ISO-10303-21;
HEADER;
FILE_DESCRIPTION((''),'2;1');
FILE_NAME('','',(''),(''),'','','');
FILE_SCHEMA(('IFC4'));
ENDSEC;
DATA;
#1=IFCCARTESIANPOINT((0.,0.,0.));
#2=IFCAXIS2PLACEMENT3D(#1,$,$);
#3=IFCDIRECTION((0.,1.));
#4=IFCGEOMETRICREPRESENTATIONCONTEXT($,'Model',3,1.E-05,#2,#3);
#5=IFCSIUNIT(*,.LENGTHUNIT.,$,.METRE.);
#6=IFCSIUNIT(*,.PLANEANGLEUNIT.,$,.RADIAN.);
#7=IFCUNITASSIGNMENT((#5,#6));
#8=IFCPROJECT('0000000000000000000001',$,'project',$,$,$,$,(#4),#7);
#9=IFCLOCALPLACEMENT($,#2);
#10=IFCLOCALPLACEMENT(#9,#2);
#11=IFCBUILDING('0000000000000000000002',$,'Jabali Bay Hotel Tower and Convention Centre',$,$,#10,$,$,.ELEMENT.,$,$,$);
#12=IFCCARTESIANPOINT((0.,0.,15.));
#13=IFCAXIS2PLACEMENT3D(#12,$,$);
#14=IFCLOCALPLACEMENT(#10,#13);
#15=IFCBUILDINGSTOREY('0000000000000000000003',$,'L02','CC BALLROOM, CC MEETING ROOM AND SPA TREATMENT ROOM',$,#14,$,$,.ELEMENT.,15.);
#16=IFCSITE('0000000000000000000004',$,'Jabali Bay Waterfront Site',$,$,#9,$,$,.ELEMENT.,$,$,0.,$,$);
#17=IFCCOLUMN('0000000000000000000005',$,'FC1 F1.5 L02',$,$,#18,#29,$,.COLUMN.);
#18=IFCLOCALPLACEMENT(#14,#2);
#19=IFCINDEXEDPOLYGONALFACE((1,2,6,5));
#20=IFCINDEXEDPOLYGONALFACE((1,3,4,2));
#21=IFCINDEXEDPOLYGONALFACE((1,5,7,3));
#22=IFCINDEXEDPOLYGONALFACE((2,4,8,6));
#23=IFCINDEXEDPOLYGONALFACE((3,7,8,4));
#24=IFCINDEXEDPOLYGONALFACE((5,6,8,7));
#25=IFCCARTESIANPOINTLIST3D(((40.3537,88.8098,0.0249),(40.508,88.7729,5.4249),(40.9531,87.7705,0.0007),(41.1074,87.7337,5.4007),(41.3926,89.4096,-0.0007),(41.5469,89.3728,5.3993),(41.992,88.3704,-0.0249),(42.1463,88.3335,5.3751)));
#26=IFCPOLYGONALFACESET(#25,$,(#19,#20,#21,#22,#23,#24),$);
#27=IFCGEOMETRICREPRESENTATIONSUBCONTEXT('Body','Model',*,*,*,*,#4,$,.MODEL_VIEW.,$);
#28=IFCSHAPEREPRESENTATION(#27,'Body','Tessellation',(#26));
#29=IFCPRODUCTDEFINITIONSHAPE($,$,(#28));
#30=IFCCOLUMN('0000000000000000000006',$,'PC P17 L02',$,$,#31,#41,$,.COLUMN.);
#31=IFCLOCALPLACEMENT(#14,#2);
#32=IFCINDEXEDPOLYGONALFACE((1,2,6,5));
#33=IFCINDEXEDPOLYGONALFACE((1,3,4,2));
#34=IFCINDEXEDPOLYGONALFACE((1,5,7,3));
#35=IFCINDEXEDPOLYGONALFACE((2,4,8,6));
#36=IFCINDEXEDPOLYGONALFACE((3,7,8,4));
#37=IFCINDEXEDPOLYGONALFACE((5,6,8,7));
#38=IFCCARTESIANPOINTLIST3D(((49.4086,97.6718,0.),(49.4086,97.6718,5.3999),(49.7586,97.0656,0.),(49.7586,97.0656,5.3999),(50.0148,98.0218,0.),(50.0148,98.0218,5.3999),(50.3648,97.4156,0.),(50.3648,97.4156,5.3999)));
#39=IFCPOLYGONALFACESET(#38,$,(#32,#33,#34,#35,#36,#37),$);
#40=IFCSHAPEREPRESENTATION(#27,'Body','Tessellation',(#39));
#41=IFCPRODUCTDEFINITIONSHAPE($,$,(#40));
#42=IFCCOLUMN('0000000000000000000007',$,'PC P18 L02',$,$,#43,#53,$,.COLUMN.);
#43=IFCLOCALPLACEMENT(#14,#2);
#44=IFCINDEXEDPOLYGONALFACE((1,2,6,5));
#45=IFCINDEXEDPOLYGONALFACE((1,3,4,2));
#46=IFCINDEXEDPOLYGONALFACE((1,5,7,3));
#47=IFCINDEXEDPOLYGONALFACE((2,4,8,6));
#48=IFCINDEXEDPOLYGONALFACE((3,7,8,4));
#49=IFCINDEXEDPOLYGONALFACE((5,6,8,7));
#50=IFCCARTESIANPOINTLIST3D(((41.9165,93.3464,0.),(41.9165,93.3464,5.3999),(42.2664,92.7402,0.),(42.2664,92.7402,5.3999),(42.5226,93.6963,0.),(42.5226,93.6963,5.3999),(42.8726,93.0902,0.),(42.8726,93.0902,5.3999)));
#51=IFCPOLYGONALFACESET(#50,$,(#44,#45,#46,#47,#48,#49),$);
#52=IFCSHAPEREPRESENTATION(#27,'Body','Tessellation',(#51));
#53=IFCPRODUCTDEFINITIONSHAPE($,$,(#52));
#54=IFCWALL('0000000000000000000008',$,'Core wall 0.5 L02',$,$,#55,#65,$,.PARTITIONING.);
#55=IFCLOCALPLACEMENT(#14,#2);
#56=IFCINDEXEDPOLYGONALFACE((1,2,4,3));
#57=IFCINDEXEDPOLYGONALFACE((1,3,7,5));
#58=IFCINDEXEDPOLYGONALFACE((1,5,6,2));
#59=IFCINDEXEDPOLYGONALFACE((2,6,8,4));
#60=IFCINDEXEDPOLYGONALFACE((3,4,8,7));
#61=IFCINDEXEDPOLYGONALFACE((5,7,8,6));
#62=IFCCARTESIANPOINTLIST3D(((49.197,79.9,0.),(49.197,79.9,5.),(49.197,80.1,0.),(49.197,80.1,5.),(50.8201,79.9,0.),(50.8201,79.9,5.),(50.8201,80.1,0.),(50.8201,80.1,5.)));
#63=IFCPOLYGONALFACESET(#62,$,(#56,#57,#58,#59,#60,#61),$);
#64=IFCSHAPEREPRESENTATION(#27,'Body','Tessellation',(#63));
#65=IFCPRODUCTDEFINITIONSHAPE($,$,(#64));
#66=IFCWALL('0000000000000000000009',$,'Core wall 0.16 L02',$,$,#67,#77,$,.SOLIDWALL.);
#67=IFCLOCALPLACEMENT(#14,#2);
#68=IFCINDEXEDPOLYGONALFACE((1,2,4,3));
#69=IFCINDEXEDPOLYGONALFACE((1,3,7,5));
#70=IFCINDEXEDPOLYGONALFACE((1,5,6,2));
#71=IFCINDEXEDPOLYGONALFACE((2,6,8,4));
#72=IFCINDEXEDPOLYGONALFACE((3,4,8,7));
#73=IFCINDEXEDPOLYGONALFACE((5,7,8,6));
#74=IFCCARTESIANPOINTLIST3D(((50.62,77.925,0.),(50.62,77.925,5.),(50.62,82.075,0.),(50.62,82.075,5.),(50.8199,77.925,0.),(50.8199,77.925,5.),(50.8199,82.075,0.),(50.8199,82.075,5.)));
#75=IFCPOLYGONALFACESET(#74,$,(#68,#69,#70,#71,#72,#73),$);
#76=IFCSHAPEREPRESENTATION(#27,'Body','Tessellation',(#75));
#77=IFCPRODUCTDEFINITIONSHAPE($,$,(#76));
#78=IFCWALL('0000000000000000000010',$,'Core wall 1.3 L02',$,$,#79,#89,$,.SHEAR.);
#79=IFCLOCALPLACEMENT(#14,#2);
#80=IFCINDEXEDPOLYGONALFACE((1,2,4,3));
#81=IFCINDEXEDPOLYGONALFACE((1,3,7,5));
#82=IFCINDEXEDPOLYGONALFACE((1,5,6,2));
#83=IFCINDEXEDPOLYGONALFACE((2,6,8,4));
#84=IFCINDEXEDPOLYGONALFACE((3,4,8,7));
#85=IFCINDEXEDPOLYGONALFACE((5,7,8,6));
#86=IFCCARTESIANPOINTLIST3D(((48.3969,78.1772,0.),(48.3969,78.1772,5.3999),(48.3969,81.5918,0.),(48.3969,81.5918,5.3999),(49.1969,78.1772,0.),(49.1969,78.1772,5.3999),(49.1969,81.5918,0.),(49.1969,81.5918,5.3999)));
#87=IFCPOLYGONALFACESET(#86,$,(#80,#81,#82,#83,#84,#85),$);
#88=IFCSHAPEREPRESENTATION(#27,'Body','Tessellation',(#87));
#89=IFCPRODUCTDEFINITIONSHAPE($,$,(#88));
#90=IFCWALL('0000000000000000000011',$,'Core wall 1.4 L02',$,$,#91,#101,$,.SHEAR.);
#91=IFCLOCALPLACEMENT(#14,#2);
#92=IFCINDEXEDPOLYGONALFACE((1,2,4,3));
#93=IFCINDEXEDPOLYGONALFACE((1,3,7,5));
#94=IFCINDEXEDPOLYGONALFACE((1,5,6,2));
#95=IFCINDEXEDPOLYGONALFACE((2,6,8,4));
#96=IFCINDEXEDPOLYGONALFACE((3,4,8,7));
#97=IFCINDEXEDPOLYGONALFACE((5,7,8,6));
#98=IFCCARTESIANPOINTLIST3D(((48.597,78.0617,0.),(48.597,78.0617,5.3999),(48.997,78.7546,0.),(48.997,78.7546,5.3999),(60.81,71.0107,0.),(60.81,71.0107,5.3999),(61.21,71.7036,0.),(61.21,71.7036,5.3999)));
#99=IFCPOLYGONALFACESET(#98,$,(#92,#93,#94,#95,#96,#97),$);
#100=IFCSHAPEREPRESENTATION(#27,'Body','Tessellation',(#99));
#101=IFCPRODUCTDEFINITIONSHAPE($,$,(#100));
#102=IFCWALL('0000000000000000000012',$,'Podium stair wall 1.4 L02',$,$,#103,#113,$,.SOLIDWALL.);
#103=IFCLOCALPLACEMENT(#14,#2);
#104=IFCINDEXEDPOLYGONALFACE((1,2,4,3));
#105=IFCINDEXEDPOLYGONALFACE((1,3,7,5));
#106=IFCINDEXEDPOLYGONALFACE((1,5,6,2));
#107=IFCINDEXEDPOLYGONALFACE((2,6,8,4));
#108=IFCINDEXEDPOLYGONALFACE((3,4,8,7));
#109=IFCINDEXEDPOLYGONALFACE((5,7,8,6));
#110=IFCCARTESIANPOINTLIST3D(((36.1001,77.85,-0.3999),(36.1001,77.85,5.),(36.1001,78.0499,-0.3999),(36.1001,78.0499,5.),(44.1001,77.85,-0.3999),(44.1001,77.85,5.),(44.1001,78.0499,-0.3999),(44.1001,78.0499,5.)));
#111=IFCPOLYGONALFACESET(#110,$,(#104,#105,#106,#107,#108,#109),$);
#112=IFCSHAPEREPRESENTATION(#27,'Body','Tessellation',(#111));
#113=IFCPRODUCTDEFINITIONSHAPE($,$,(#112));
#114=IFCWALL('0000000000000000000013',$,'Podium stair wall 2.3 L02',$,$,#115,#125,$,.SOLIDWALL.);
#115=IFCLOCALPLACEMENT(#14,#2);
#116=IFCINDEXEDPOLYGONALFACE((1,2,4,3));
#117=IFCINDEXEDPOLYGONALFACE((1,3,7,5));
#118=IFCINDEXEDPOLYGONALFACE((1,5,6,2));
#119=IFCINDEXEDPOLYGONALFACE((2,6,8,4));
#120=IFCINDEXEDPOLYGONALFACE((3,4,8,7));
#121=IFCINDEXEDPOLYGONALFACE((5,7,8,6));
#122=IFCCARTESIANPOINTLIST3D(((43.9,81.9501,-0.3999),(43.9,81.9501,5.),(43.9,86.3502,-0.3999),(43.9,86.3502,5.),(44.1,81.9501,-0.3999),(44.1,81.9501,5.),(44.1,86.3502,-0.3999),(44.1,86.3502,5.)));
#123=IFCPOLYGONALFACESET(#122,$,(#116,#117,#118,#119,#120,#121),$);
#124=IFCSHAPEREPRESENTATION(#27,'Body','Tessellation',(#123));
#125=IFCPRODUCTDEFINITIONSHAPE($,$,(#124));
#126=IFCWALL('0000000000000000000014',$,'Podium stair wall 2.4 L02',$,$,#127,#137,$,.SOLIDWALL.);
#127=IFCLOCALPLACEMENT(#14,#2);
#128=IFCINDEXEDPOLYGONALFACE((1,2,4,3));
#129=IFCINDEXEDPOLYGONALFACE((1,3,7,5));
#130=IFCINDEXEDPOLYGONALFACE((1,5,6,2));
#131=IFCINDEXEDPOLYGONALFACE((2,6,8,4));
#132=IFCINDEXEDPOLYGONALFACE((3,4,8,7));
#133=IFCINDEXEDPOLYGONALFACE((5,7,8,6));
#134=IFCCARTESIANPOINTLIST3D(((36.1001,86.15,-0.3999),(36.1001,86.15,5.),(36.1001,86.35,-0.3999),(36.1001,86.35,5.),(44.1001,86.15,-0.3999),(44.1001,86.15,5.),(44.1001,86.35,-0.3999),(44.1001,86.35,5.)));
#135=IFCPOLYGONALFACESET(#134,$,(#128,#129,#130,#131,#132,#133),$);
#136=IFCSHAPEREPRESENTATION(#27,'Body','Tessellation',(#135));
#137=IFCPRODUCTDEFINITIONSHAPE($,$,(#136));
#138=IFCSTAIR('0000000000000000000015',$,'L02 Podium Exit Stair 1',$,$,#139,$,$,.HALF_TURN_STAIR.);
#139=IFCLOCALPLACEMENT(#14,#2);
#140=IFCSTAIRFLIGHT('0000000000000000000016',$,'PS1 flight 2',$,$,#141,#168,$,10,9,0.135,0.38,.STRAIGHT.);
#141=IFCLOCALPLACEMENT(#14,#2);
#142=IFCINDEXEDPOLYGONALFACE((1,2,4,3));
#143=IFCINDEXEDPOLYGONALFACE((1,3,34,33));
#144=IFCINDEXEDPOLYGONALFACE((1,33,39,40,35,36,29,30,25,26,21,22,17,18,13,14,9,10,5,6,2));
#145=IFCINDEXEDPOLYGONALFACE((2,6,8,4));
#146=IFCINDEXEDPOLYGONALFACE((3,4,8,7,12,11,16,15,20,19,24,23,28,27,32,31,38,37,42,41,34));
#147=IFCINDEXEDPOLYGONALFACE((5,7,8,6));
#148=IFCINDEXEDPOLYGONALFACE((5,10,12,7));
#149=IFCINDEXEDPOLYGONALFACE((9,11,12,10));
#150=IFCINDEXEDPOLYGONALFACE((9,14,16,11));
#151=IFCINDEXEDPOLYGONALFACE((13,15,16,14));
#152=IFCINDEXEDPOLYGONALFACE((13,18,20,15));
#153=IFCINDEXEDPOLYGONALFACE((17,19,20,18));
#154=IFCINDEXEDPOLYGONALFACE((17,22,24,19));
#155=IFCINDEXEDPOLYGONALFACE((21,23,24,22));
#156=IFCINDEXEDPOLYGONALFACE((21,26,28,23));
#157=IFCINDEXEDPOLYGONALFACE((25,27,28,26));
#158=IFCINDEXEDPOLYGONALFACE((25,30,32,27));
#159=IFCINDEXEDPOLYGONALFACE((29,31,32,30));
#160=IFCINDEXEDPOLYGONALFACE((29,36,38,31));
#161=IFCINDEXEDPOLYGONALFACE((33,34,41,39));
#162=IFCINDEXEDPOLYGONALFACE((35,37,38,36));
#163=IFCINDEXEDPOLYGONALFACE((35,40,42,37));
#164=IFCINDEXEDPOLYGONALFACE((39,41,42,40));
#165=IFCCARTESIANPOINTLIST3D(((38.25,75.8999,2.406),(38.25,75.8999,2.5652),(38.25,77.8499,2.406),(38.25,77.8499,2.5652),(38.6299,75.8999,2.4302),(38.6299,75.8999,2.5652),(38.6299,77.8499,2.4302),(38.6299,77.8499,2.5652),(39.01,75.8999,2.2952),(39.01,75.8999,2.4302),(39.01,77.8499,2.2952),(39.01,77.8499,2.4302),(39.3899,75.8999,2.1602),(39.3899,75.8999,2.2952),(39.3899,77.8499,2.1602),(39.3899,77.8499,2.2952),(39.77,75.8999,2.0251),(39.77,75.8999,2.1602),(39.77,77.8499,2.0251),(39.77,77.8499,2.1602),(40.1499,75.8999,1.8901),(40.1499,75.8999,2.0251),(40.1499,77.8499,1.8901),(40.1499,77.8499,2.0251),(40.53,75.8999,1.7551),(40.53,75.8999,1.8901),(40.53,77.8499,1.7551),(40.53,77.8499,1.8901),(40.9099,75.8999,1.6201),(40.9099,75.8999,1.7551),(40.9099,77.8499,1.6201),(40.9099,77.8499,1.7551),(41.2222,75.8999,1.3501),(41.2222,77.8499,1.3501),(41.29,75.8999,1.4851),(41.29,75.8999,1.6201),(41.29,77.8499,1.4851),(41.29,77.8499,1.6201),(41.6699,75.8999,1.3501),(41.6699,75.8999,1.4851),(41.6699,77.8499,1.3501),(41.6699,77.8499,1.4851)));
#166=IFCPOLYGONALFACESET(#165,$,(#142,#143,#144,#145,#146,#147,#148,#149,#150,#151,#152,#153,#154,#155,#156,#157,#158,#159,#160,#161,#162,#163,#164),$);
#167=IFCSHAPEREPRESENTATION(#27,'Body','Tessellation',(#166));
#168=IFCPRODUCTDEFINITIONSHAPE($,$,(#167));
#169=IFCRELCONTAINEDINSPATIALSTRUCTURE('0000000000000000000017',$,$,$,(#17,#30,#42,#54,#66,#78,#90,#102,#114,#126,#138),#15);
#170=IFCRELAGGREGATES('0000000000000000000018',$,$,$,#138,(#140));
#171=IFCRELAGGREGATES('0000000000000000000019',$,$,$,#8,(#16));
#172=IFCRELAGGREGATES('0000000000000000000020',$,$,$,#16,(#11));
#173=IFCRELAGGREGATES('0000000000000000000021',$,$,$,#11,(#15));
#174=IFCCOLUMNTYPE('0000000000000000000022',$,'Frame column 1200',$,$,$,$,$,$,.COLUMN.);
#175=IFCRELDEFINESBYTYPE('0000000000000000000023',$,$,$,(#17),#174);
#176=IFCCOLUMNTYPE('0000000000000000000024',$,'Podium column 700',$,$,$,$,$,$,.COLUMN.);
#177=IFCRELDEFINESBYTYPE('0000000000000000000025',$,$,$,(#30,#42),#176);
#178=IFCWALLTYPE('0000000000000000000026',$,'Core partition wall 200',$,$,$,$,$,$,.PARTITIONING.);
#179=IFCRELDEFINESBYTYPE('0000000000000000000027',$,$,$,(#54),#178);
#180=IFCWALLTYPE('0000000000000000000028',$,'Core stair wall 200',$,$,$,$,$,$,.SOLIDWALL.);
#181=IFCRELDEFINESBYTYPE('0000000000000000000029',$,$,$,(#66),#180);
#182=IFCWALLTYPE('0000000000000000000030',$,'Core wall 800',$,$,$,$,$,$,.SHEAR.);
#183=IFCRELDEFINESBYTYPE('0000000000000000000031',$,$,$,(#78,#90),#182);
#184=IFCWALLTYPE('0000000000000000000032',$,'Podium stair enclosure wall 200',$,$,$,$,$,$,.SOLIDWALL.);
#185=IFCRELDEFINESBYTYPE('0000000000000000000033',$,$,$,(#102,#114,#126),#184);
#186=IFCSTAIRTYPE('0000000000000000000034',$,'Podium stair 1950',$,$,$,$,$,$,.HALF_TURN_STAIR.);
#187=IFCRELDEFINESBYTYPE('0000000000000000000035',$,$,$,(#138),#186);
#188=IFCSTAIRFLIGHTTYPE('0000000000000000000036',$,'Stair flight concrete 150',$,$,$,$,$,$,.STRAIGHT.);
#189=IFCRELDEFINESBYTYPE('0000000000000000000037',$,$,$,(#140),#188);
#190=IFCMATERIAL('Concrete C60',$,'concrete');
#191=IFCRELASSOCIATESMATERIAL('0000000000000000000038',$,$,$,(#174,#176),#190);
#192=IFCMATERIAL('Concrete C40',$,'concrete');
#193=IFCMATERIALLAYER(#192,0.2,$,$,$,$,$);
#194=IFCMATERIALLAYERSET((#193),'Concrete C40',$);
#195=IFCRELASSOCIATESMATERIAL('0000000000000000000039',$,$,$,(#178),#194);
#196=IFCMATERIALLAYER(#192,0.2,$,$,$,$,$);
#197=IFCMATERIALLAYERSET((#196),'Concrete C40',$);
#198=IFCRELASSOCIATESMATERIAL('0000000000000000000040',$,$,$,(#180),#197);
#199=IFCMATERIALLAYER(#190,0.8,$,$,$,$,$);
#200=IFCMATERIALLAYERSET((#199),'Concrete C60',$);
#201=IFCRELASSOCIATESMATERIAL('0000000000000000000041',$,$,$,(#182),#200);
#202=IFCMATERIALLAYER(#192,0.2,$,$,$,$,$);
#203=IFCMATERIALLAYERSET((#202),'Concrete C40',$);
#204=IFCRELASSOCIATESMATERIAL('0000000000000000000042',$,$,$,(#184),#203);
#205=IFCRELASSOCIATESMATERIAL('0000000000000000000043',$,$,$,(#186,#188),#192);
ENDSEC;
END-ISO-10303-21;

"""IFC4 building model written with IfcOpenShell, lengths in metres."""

from ifc_helpers import new_model, si_unit, direction, frame, frame_2d, origin, origin_2d, place, context, subcontext, project, spatial, polyline, rectangle, outline, extrude, material, layer, layer_set, material_profile, profile_set, type_object, element, aggregate, save


model = new_model("IFC4")

# Units and contexts
model_context = context("Model", 3, precision=1e-05, world=origin(), true_north=direction((0.0, 1.0)))
body_context = subcontext(model_context, "Body", "Model", "MODEL_VIEW")
ifc_project = project(units=[si_unit("LENGTHUNIT", "METRE"), si_unit("PLANEANGLEUNIT", "RADIAN")], contexts=[model_context])

# Site, building, storey
site_placement = place(None, origin())
site = spatial("IfcSite", under=ifc_project, at=site_placement, Name="Jabali Bay Waterfront Site", CompositionType="ELEMENT", RefElevation=0.0)
building_placement = place(site_placement, origin())
building = spatial("IfcBuilding", under=site, at=building_placement, Name="Jabali Bay Hotel Tower and Convention Centre", CompositionType="ELEMENT")
storey_placement = place(building_placement, frame((0.0, 0.0, 15.0)))
storey = spatial("IfcBuildingStorey", under=building, at=storey_placement, Name="L02", Description="CC BALLROOM, CC MEETING ROOM AND SPA TREATMENT ROOM", CompositionType="ELEMENT", Elevation=15.0)

# Columns
ifc_material_1 = material(Name="Concrete C60", Category="concrete")
ifc_material_profile_1 = material_profile(ifc_material_1, rectangle(XDim=1.2, YDim=1.2, at=origin_2d()), Name="Frame column 1200")
ifc_profile_set_1 = profile_set([ifc_material_profile_1], Name="Concrete C60")
column_type_1 = type_object("IfcColumnType", Name="Frame column 1200", PredefinedType="COLUMN", material=ifc_profile_set_1)
column_placement = place(storey_placement, frame((41.1729, 88.5901, 0.0), z_axis=(0.028562, -0.006824, 0.999569), x_axis=(-0.499546, 0.866052, 0.020187)))
element("IfcColumn", 1, at=column_placement, inside=storey, type_object=column_type_1, Name="FC1 F1.5 L02", PredefinedType="COLUMN", context=body_context, shape_type="SweptSolid", body=[
    extrude(rectangle(XDim=1.2, YDim=1.2, at=origin_2d()), origin(), (0.0, 0.0, 1.0), 5.4023),
])
ifc_material_profile_2 = material_profile(ifc_material_1, rectangle(XDim=0.7, YDim=0.7, at=origin_2d()), Name="Podium column 700")
ifc_profile_set_2 = profile_set([ifc_material_profile_2], Name="Concrete C60")
column_type_2 = type_object("IfcColumnType", Name="Podium column 700", PredefinedType="COLUMN", material=ifc_profile_set_2)
for number, where, z_axis, x_axis, name in (
    (2, (49.8867, 97.5437, 0.0), (0.0, 0.0, 1.0), (0.866025, 0.5, 0.0), "PC P17 L02"),
    (3, (42.3945, 93.2183, 0.0), (0.0, 0.0, 1.0), (0.866025, 0.5, 0.0), "PC P18 L02"),
):
    element("IfcColumn", number, at=place(storey_placement, frame(where, z_axis=z_axis, x_axis=x_axis)), inside=storey, type_object=column_type_2, Name=name, PredefinedType="COLUMN", context=body_context, shape_type="SweptSolid", body=[
        extrude(rectangle(XDim=0.7, YDim=0.7, at=origin_2d()), origin(), (0.0, 0.0, 1.0), 5.3999),
    ])

# Walls
ifc_material_2 = material(Name="Concrete C40", Category="concrete")
ifc_layer_1 = layer(ifc_material_2, 0.2)
ifc_layer_set_1 = layer_set([ifc_layer_1], Name="Concrete C40")
wall_type_1 = type_object("IfcWallType", Name="Core partition wall 200", PredefinedType="PARTITIONING", material=ifc_layer_set_1)
wall_1_placement = place(storey_placement, frame((50.8201, 80.0, 0.0), z_axis=(0.0, 0.0, 1.0), x_axis=(-1.0, 0.0, 0.0)))
element("IfcWall", 4, at=wall_1_placement, inside=storey, type_object=wall_type_1, Name="Core wall 0.5 L02", PredefinedType="PARTITIONING", context=body_context, shape_type="SweptSolid", body=[
    extrude(rectangle(XDim=1.623, YDim=0.2, at=frame_2d((0.8115, 0.0))), origin(), (0.0, 0.0, 1.0), 5.0),
])
ifc_layer_2 = layer(ifc_material_2, 0.2)
ifc_layer_set_2 = layer_set([ifc_layer_2], Name="Concrete C40")
wall_type_2 = type_object("IfcWallType", Name="Core stair wall 200", PredefinedType="SOLIDWALL", material=ifc_layer_set_2)
wall_2_placement = place(storey_placement, frame((50.72, 82.075, 0.0), z_axis=(0.0, 0.0, 1.0), x_axis=(0.0, -1.0, 0.0)))
element("IfcWall", 5, at=wall_2_placement, inside=storey, type_object=wall_type_2, Name="Core wall 0.16 L02", PredefinedType="SOLIDWALL", context=body_context, shape_type="SweptSolid", body=[
    extrude(rectangle(XDim=4.1499, YDim=0.2, at=frame_2d((2.075, 0.0))), origin(), (0.0, 0.0, 1.0), 5.0),
])
ifc_layer_3 = layer(ifc_material_1, 0.8)
ifc_layer_set_3 = layer_set([ifc_layer_3], Name="Concrete C60")
wall_type_3 = type_object("IfcWallType", Name="Core wall 800", PredefinedType="SHEAR", material=ifc_layer_set_3)
wall_3_placement = place(storey_placement, frame((48.7969, 81.5918, 0.0), z_axis=(0.0, 0.0, 1.0), x_axis=(0.0, -1.0, 0.0)))
element("IfcWall", 6, at=wall_3_placement, inside=storey, type_object=wall_type_3, Name="Core wall 1.3 L02", PredefinedType="SHEAR", context=body_context, shape_type="SweptSolid", body=[
    extrude(rectangle(XDim=3.4146, YDim=0.8, at=frame_2d((1.7073, 0.0))), origin(), (0.0, 0.0, 1.0), 5.3999),
])
wall_4_placement = place(storey_placement, frame((48.7969, 78.4082, 0.0), z_axis=(0.0, 0.0, 1.0), x_axis=(0.866033, -0.499988, 0.0)))
element("IfcWall", 7, at=wall_4_placement, inside=storey, type_object=wall_type_3, Name="Core wall 1.4 L02", PredefinedType="SHEAR", context=body_context, shape_type="SweptSolid", body=[
    extrude(rectangle(XDim=14.1023, YDim=0.8, at=frame_2d((7.0513, 0.0))), origin(), (0.0, 0.0, 1.0), 5.3999),
])
ifc_layer_4 = layer(ifc_material_2, 0.2)
ifc_layer_set_4 = layer_set([ifc_layer_4], Name="Concrete C40")
wall_type_4 = type_object("IfcWallType", Name="Podium stair enclosure wall 200", PredefinedType="SOLIDWALL", material=ifc_layer_set_4)
wall_5_placement = place(storey_placement, frame((44.1001, 77.95, -0.3999), z_axis=(0.0, 0.0, 1.0), x_axis=(-1.0, 0.0, 0.0)))
element("IfcWall", 8, at=wall_5_placement, inside=storey, type_object=wall_type_4, Name="Podium stair wall 1.4 L02", PredefinedType="SOLIDWALL", context=body_context, shape_type="SweptSolid", body=[
    extrude(rectangle(XDim=8.0, YDim=0.2, at=frame_2d((4.0, 0.0))), origin(), (0.0, 0.0, 1.0), 5.3999),
])
wall_6_placement = place(storey_placement, frame((44.0, 81.95, -0.3999), z_axis=(0.0, 0.0, 1.0), x_axis=(0.0, 1.0, 0.0)))
element("IfcWall", 9, at=wall_6_placement, inside=storey, type_object=wall_type_4, Name="Podium stair wall 2.3 L02", PredefinedType="SOLIDWALL", context=body_context, shape_type="SweptSolid", body=[
    extrude(rectangle(XDim=4.4001, YDim=0.2, at=frame_2d((2.2002, 0.0))), origin(), (0.0, 0.0, 1.0), 5.3999),
])
wall_7_placement = place(storey_placement, frame((44.1001, 86.25, -0.3999), z_axis=(0.0, 0.0, 1.0), x_axis=(-1.0, 0.0, 0.0)))
element("IfcWall", 10, at=wall_7_placement, inside=storey, type_object=wall_type_4, Name="Podium stair wall 2.4 L02", PredefinedType="SOLIDWALL", context=body_context, shape_type="SweptSolid", body=[
    extrude(rectangle(XDim=8.0, YDim=0.2, at=frame_2d((4.0, 0.0))), origin(), (0.0, 0.0, 1.0), 5.3999),
])

# Stair, stair flight
stair_type = type_object("IfcStairType", Name="Podium stair 1950", PredefinedType="HALF_TURN_STAIR", material=ifc_material_2)
stair_1_placement = place(storey_placement, origin())
stair_1 = element("IfcStair", 11, at=stair_1_placement, inside=storey, type_object=stair_type, Name="L02 Podium Exit Stair 1", PredefinedType="HALF_TURN_STAIR")
stair_flight_type = type_object("IfcStairFlightType", Name="Stair flight concrete 150", PredefinedType="STRAIGHT", material=ifc_material_2)
stair_flight_1_placement = place(storey_placement, frame((41.6699, 76.875, 1.3501), z_axis=(0.0, 0.0, 1.0), x_axis=(-1.0, 0.0, 0.0)))
stair_flight_1 = element("IfcStairFlight", 12, at=stair_flight_1_placement, type_object=stair_flight_type, Name="PS1 flight 2", NumberOfRisers=10, NumberOfTreads=9, PredefinedType="STRAIGHT", RiserHeight=0.135, TreadLength=0.38, context=body_context, shape_type="SweptSolid", body=[
    extrude(outline(polyline([(0.0, 0.0), (0.0, 0.135), (0.3799, 0.135), (0.3799, 0.27), (0.76, 0.27), (0.76, 0.405), (1.1399, 0.405), (1.1399, 0.54), (1.52, 0.54), (1.52, 0.675), (1.8999, 0.675), (1.8999, 0.8101), (2.28, 0.8101), (2.28, 0.9451), (2.6599, 0.9451), (2.6599, 1.0801), (3.04, 1.0801), (3.04, 1.2151), (3.4199, 1.2151), (3.4199, 1.3501), (3.4199, 1.0559), (0.4478, 0.0), (0.0, 0.0)])), frame((0.0, 0.9751, 0.0), z_axis=(0.0, -1.0, 0.0), x_axis=(1.0, 0.0, 0.0)), (0.0, 0.0, 1.0), 1.95),
])
aggregate(stair_1, [stair_flight_1])

save(model, "model.ifc")
